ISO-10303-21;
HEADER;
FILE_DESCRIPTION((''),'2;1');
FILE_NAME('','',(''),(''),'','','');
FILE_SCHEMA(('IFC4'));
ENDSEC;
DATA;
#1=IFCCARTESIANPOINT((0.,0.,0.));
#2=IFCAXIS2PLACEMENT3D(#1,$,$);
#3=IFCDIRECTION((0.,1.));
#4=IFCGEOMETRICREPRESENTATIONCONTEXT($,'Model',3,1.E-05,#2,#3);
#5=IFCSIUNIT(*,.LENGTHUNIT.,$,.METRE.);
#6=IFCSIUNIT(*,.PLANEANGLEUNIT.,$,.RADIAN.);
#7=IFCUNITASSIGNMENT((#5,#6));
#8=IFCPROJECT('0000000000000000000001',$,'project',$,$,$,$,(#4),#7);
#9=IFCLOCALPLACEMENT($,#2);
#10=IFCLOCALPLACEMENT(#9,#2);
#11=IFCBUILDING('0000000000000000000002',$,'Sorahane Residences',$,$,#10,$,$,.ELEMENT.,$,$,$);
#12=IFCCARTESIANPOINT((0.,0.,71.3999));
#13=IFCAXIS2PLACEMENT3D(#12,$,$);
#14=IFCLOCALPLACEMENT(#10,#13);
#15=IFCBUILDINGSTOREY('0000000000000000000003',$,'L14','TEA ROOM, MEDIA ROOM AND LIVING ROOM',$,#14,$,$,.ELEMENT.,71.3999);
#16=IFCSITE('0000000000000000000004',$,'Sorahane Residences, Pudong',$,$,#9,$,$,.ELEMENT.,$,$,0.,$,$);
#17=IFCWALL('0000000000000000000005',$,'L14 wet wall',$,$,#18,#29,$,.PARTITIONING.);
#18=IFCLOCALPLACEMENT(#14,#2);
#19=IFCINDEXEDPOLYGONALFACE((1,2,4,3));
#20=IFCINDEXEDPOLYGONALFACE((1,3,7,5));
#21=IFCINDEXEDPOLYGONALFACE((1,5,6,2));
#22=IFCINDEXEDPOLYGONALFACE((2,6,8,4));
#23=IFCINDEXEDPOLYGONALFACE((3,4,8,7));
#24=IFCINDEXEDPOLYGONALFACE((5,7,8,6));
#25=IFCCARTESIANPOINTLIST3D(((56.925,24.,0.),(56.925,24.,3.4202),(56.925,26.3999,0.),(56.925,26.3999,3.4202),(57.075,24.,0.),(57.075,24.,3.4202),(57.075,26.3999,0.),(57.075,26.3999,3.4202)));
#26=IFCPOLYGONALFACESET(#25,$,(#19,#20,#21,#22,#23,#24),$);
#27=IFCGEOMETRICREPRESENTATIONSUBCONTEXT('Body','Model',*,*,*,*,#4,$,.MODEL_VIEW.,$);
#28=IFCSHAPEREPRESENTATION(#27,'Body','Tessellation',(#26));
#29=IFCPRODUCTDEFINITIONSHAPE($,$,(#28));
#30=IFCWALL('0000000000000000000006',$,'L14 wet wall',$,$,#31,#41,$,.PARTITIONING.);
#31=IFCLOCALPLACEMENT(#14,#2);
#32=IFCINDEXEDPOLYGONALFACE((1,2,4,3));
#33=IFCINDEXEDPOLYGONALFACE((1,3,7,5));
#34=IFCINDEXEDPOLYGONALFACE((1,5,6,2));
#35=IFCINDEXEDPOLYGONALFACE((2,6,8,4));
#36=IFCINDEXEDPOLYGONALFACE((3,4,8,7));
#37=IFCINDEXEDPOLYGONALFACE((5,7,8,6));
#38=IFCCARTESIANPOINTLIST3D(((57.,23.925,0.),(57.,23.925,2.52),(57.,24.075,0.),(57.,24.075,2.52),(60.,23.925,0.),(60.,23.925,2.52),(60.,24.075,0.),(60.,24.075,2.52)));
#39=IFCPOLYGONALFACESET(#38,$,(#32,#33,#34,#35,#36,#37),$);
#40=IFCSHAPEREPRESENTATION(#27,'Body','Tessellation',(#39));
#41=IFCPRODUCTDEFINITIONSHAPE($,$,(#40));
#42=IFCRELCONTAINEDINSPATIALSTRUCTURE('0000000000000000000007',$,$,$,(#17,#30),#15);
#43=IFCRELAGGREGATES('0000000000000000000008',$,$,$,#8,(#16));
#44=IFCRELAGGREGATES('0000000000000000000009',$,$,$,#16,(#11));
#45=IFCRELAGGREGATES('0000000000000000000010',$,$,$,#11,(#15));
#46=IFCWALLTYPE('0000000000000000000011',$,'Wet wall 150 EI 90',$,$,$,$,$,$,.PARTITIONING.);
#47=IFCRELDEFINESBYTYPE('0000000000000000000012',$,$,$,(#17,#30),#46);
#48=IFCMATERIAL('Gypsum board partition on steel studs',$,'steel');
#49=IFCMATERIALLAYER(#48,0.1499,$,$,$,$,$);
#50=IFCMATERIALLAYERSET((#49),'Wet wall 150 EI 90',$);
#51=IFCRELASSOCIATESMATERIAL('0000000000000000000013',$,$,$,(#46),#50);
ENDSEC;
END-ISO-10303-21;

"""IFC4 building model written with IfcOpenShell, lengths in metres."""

from ifc_helpers import new_model, si_unit, direction, frame, frame_2d, origin, place, context, subcontext, project, spatial, rectangle, extrude, material, layer, layer_set, type_object, element, save


model = new_model("IFC4")

# Units and contexts
model_context = context("Model", 3, precision=1e-05, world=origin(), true_north=direction((0.0, 1.0)))
body_context = subcontext(model_context, "Body", "Model", "MODEL_VIEW")
ifc_project = project(units=[si_unit("LENGTHUNIT", "METRE"), si_unit("PLANEANGLEUNIT", "RADIAN")], contexts=[model_context])

# Site, building, storey
site_placement = place(None, origin())
site = spatial("IfcSite", under=ifc_project, at=site_placement, Name="Sorahane Residences, Pudong", CompositionType="ELEMENT", RefElevation=0.0)
building_placement = place(site_placement, origin())
building = spatial("IfcBuilding", under=site, at=building_placement, Name="Sorahane Residences", CompositionType="ELEMENT")
storey_placement = place(building_placement, frame((0.0, 0.0, 71.3999)))
storey = spatial("IfcBuildingStorey", under=building, at=storey_placement, Name="L14", Description="TEA ROOM, MEDIA ROOM AND LIVING ROOM", CompositionType="ELEMENT", Elevation=71.3999)

# Wall
ifc_material_1 = material(Name="Gypsum board partition on steel studs", Category="steel")
ifc_layer_1 = layer(ifc_material_1, 0.1499)
ifc_layer_set_1 = layer_set([ifc_layer_1], Name="Wet wall 150 EI 90")
wall_type_1 = type_object("IfcWallType", Name="Wet wall 150 EI 90", PredefinedType="PARTITIONING", material=ifc_layer_set_1)
wall_1_placement = place(storey_placement, frame((57.0, 24.0, 0.0), z_axis=(0.0, 0.0, 1.0), x_axis=(0.0, 1.0, 0.0)))
element("IfcWall", 1, at=wall_1_placement, inside=storey, type_object=wall_type_1, Name="L14 wet wall", PredefinedType="PARTITIONING", context=body_context, shape_type="SweptSolid", body=[
    extrude(rectangle(XDim=2.3999, YDim=0.1499, at=frame_2d((1.2, 0.0))), origin(), (0.0, 0.0, 1.0), 3.4202),
])

# Wall
wall_2_placement = place(storey_placement, frame((57.0, 24.0, 0.0), z_axis=(0.0, 0.0, 1.0), x_axis=(1.0, 0.0, 0.0)))
element("IfcWall", 2, at=wall_2_placement, inside=storey, type_object=wall_type_1, Name="L14 wet wall", PredefinedType="PARTITIONING", context=body_context, shape_type="SweptSolid", body=[
    extrude(rectangle(XDim=3.0, YDim=0.1499, at=frame_2d((1.5, 0.0))), origin(), (0.0, 0.0, 1.0), 2.52),
])

save(model, "model.ifc")
